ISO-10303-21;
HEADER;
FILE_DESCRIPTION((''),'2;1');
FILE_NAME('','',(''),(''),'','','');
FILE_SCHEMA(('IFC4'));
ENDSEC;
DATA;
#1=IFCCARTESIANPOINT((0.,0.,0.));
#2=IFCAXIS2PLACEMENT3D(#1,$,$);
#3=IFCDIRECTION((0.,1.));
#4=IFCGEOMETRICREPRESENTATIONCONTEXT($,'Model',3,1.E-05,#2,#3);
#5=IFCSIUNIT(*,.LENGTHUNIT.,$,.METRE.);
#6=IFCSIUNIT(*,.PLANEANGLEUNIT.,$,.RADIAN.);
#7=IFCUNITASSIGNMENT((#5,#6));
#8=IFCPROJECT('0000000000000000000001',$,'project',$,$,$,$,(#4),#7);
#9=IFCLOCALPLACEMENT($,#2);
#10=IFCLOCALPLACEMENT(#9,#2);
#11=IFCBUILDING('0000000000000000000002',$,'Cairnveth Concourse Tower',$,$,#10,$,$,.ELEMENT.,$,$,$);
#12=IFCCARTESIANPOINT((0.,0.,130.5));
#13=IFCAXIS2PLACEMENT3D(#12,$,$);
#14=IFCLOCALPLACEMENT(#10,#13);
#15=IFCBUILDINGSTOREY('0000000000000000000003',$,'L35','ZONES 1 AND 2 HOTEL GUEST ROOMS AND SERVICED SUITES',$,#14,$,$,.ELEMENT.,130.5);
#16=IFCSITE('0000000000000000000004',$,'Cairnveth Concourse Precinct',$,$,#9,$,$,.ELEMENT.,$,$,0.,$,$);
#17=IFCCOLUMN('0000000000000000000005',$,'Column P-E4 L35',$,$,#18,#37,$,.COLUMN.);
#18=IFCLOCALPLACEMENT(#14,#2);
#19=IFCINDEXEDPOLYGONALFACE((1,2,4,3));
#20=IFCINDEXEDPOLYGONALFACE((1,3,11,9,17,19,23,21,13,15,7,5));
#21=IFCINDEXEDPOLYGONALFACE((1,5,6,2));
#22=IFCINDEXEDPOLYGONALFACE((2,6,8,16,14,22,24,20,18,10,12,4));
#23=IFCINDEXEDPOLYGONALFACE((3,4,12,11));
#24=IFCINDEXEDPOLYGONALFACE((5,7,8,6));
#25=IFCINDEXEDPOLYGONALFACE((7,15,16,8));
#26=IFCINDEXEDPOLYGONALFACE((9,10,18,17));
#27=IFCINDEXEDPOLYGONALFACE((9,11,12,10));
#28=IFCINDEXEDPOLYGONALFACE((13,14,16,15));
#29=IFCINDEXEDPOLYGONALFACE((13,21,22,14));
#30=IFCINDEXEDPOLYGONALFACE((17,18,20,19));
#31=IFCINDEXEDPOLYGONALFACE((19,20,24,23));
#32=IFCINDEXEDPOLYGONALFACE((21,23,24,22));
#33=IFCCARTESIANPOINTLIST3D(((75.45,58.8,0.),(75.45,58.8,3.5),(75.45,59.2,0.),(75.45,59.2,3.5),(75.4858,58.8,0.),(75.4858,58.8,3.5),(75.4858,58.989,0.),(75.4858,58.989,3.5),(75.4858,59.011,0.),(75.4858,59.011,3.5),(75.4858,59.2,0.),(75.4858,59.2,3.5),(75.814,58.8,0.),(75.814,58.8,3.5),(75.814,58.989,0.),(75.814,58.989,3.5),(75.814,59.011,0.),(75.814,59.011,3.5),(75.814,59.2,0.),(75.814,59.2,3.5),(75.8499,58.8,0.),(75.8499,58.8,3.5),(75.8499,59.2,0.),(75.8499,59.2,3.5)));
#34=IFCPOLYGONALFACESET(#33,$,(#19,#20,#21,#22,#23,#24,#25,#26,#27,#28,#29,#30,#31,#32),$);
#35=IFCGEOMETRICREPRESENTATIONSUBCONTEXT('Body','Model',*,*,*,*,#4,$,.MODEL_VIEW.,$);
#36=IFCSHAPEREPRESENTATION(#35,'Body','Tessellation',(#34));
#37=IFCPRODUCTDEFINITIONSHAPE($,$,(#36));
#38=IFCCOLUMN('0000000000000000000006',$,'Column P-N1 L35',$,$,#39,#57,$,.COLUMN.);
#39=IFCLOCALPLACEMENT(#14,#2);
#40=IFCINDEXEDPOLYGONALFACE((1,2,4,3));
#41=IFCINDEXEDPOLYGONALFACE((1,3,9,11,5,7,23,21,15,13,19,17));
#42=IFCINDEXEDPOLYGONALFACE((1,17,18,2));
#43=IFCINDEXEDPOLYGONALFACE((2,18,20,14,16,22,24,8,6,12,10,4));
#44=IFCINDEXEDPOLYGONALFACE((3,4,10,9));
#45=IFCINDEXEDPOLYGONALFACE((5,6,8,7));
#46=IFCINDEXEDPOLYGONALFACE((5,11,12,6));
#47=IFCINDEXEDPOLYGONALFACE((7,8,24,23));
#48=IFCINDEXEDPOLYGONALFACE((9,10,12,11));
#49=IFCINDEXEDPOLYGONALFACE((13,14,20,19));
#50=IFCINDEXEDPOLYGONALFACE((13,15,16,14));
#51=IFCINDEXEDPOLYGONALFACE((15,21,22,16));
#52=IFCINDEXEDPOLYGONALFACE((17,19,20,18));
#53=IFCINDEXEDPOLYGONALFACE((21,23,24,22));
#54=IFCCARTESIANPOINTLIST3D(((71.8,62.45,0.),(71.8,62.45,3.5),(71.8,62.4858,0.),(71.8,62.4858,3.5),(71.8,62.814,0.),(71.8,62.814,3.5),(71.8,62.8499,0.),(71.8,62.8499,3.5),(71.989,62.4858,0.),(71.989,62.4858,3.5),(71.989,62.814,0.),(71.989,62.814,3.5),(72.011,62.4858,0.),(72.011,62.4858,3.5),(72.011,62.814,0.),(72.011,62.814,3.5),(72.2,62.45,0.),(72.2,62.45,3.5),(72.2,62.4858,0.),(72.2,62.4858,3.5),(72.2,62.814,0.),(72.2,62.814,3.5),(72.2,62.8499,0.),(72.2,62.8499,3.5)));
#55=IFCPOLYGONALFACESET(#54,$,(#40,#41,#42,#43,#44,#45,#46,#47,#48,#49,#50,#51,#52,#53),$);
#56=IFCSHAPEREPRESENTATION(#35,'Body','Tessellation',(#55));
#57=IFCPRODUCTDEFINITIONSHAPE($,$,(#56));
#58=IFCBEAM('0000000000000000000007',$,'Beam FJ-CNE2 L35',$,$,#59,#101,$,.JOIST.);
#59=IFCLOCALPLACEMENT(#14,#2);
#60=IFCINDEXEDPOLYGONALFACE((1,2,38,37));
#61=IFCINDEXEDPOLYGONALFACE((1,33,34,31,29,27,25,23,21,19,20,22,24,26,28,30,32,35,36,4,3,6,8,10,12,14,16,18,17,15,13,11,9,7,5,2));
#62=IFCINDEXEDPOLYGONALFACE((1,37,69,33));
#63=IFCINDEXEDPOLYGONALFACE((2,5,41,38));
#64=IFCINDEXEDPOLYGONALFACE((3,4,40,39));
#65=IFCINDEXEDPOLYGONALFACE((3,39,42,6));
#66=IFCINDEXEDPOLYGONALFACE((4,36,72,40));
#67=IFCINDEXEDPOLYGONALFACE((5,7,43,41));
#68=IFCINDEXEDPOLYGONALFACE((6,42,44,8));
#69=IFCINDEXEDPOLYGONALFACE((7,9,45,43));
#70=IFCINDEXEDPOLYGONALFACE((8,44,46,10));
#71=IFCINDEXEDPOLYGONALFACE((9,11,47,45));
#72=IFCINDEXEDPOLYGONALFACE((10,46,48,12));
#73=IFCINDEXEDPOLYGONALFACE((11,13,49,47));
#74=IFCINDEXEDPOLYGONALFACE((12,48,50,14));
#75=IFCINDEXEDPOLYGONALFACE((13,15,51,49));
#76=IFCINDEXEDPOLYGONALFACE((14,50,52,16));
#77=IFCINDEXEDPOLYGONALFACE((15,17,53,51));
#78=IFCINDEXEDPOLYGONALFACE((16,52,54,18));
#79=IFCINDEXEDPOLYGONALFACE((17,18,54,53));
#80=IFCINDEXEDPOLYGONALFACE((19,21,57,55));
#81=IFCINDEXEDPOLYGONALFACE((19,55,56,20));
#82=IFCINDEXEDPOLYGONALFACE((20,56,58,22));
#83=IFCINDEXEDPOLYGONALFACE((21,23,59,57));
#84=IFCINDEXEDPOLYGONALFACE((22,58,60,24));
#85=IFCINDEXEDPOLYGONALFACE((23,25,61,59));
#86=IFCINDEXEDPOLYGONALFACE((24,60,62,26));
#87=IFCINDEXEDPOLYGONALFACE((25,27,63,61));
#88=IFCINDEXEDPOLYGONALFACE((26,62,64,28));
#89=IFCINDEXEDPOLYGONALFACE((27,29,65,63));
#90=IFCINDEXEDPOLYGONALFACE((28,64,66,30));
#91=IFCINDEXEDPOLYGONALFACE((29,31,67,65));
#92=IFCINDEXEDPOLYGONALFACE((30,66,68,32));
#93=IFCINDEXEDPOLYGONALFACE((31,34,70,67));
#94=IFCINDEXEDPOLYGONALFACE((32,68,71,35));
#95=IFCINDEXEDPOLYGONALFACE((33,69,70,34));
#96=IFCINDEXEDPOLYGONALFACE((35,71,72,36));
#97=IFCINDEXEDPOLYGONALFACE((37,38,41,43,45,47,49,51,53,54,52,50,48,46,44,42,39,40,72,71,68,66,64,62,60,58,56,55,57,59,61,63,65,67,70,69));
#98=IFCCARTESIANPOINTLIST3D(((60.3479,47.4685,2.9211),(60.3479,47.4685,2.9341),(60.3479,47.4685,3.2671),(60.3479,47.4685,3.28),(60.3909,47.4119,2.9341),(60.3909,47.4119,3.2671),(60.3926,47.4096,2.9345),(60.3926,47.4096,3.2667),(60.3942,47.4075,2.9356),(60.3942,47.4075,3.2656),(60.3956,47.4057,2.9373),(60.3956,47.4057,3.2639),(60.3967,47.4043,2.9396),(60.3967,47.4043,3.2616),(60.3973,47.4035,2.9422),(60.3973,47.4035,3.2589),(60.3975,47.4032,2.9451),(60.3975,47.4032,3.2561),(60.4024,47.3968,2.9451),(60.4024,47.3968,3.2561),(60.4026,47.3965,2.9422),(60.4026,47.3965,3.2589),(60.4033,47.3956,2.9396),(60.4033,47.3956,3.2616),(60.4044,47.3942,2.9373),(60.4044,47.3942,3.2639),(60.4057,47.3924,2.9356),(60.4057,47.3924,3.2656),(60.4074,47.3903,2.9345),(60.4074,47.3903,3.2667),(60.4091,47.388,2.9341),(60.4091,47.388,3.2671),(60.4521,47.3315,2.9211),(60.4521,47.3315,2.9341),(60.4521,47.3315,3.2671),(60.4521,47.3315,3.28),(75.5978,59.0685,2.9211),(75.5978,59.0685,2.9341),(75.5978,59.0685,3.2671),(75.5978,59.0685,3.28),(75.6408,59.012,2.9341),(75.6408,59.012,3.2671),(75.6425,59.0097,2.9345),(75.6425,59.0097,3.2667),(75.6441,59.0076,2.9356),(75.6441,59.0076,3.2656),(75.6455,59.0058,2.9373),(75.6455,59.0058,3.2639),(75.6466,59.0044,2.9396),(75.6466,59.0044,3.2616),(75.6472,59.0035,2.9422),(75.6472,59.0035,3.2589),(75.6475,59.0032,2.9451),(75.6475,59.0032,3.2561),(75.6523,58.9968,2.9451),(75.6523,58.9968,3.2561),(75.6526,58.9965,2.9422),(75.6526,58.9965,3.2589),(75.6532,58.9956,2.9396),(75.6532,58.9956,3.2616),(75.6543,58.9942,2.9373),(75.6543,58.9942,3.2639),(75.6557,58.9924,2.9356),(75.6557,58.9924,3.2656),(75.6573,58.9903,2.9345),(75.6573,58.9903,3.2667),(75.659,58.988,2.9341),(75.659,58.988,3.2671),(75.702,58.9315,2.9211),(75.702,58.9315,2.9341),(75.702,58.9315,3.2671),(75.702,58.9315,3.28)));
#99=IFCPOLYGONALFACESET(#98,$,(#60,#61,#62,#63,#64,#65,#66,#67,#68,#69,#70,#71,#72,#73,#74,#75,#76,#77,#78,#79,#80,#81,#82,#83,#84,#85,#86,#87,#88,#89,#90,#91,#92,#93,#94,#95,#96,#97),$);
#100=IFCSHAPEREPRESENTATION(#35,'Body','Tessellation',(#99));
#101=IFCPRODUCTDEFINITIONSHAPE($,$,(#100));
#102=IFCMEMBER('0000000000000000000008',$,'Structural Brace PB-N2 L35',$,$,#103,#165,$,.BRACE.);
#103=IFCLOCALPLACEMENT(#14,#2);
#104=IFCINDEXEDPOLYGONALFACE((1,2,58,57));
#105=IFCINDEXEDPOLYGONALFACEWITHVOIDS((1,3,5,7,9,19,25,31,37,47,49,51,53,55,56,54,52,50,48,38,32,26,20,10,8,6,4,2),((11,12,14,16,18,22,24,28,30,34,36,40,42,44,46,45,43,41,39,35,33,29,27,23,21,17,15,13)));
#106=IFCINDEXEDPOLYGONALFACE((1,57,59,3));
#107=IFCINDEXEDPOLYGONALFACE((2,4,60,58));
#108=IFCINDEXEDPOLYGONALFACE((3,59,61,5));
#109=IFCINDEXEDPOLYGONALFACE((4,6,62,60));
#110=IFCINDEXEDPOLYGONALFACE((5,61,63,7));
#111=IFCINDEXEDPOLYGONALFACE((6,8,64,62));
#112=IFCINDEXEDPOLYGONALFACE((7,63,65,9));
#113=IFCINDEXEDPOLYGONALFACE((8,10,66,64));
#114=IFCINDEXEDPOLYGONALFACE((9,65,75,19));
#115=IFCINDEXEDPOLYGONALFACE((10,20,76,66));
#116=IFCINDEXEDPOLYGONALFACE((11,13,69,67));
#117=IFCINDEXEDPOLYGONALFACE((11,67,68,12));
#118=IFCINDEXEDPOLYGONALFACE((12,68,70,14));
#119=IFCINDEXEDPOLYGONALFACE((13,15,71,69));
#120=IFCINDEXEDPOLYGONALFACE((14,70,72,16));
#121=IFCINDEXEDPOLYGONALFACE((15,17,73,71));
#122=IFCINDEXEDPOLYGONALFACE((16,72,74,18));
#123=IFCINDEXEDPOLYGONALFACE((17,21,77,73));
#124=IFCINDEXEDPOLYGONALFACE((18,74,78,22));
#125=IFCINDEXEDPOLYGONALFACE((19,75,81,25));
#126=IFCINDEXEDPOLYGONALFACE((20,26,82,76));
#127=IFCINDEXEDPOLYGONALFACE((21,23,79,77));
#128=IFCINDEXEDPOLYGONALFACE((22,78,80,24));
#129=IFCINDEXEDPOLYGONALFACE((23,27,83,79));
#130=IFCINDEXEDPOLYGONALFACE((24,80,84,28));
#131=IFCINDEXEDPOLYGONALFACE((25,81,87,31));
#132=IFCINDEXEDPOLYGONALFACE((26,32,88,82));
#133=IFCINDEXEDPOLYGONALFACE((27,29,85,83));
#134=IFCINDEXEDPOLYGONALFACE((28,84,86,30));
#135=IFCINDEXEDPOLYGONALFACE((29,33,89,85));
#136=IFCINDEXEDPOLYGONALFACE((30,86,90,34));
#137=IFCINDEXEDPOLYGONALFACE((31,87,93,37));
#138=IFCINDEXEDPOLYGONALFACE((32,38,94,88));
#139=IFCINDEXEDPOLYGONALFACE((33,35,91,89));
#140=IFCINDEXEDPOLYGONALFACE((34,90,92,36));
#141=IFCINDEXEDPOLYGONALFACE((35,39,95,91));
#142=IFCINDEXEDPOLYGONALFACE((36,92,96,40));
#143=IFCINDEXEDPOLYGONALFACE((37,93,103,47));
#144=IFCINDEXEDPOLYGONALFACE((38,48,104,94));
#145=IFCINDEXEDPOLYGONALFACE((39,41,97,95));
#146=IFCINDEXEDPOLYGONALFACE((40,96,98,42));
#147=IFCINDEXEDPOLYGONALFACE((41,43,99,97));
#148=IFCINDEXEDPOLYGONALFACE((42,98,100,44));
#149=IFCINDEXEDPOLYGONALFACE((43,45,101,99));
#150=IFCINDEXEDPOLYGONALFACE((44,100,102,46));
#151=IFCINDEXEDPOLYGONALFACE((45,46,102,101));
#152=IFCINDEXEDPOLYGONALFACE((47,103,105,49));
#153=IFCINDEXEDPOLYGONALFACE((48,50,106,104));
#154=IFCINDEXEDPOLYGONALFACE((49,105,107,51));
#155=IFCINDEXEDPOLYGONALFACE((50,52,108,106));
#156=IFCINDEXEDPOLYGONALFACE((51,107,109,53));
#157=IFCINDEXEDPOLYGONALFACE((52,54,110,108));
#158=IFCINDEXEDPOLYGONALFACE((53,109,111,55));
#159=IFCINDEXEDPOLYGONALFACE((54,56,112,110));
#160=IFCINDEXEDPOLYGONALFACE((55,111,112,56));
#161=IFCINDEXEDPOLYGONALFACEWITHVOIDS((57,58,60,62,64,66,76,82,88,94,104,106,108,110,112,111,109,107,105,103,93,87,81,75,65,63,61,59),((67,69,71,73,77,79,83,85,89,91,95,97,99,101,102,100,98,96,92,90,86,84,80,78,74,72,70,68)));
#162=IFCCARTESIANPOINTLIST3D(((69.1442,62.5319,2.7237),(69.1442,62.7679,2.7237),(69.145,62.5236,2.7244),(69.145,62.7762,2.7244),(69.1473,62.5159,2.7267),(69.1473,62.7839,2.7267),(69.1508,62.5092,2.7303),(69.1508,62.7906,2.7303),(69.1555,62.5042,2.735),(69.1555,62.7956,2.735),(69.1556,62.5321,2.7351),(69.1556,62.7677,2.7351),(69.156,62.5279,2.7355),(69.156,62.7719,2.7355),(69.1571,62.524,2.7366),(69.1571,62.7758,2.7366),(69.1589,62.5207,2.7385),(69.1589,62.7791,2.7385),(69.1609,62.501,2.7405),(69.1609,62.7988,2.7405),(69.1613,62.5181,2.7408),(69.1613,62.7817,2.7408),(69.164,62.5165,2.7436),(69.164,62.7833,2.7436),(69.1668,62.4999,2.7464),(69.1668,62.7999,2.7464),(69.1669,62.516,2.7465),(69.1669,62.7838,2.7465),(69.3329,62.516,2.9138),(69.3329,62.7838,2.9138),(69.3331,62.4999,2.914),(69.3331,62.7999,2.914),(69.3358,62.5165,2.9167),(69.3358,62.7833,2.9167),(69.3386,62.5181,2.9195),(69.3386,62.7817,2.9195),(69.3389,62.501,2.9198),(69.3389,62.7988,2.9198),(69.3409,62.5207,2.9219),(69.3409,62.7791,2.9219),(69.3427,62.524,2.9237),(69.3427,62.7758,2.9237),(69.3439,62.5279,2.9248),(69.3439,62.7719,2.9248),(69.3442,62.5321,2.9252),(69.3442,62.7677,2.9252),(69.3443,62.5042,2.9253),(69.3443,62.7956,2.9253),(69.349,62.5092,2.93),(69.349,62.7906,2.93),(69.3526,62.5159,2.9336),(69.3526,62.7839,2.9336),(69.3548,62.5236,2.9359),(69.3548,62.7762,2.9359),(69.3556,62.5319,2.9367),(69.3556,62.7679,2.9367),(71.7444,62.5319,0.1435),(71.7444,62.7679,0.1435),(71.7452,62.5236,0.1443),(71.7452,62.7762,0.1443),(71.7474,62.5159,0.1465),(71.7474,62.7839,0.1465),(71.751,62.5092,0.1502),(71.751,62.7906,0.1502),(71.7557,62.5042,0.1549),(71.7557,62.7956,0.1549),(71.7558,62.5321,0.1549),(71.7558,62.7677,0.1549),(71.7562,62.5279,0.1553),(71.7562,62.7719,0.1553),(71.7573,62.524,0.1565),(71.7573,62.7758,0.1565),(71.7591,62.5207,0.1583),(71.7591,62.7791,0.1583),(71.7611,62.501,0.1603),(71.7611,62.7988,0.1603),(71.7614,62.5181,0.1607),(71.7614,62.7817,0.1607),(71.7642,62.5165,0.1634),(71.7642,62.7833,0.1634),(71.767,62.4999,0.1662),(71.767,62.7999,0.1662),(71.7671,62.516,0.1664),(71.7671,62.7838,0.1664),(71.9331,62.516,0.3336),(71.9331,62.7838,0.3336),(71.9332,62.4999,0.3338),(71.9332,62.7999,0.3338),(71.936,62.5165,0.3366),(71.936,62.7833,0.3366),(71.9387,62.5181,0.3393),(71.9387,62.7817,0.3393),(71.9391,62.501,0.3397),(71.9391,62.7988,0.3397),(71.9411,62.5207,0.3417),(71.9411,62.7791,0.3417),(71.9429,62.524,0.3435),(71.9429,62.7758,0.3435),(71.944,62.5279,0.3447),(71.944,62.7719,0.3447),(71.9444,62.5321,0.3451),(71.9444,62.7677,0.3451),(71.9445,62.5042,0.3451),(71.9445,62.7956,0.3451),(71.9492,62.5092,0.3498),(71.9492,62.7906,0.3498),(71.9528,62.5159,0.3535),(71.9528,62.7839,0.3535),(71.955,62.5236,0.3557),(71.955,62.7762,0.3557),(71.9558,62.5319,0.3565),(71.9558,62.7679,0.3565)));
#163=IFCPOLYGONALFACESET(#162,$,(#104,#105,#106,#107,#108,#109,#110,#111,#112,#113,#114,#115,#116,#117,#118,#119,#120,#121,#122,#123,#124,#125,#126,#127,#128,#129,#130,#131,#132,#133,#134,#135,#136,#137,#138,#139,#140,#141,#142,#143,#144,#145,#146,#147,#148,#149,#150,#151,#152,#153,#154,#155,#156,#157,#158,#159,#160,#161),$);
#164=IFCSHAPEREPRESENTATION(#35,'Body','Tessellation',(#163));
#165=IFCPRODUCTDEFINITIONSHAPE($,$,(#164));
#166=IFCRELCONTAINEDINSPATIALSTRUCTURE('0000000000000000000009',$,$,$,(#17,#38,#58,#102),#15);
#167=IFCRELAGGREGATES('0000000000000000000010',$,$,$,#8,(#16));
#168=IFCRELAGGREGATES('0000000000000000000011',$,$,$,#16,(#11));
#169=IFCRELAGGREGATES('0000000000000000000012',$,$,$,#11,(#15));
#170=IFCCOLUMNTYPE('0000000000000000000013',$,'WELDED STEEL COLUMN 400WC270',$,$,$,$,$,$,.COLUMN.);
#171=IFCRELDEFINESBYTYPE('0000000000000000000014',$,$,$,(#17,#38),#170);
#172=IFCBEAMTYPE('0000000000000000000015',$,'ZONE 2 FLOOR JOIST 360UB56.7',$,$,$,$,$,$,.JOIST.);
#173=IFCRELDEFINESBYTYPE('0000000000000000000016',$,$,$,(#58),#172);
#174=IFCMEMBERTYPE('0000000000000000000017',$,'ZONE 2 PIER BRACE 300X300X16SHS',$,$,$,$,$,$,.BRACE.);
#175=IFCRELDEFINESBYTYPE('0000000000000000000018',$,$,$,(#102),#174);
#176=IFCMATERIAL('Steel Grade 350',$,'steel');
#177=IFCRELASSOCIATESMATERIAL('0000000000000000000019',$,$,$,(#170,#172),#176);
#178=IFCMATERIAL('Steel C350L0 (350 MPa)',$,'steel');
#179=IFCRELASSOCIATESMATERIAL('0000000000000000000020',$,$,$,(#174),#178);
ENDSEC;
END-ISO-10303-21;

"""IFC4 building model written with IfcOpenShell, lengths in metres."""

from ifc_helpers import new_model, si_unit, direction, frame, origin, origin_2d, place, context, subcontext, project, spatial, hollow_rectangle, i_section, extrude, material, material_profile, profile_set, type_object, element, save


model = new_model("IFC4")

# Units and contexts
model_context = context("Model", 3, precision=1e-05, world=origin(), true_north=direction((0.0, 1.0)))
body_context = subcontext(model_context, "Body", "Model", "MODEL_VIEW")
ifc_project = project(units=[si_unit("LENGTHUNIT", "METRE"), si_unit("PLANEANGLEUNIT", "RADIAN")], contexts=[model_context])

# Site, building, storey
site_placement = place(None, origin())
site = spatial("IfcSite", under=ifc_project, at=site_placement, Name="Cairnveth Concourse Precinct", CompositionType="ELEMENT", RefElevation=0.0)
building_placement = place(site_placement, origin())
building = spatial("IfcBuilding", under=site, at=building_placement, Name="Cairnveth Concourse Tower", CompositionType="ELEMENT")
storey_placement = place(building_placement, frame((0.0, 0.0, 130.5)))
storey = spatial("IfcBuildingStorey", under=building, at=storey_placement, Name="L35", Description="ZONES 1 AND 2 HOTEL GUEST ROOMS AND SERVICED SUITES", CompositionType="ELEMENT", Elevation=130.5)

# Columns
ifc_material_1 = material(Name="Steel Grade 350", Category="steel")
ifc_material_profile_1 = material_profile(ifc_material_1, i_section(OverallWidth=0.3999, OverallDepth=0.3999, WebThickness=0.022, FlangeThickness=0.0359, at=origin_2d()), Name="400WC270")
ifc_profile_set_1 = profile_set([ifc_material_profile_1], Name="Steel Grade 350")
column_type = type_object("IfcColumnType", Name="WELDED STEEL COLUMN 400WC270", PredefinedType="COLUMN", material=ifc_profile_set_1)
for number, where, z_axis, x_axis, name in (
    (1, (75.6499, 59.0, 0.0), (0.0, 0.0, 1.0), (0.0, 1.0, 0.0), "Column P-E4 L35"),
    (2, (72.0, 62.6499, 0.0), (0.0, 0.0, 1.0), (1.0, 0.0, 0.0), "Column P-N1 L35"),
):
    element("IfcColumn", number, at=place(storey_placement, frame(where, z_axis=z_axis, x_axis=x_axis)), inside=storey, type_object=column_type, Name=name, PredefinedType="COLUMN", context=body_context, shape_type="SweptSolid", body=[
        extrude(i_section(OverallWidth=0.3999, OverallDepth=0.3999, WebThickness=0.022, FlangeThickness=0.0359, at=origin_2d()), origin(), (0.0, 0.0, 1.0), 3.5),
    ])

# Beam
ifc_material_profile_2 = material_profile(ifc_material_1, i_section(OverallWidth=0.1721, OverallDepth=0.3589, WebThickness=0.0081, FlangeThickness=0.0129, FilletRadius=0.011, at=origin_2d()), Name="360UB56.7")
ifc_profile_set_2 = profile_set([ifc_material_profile_2], Name="Steel Grade 350")
beam_type_1 = type_object("IfcBeamType", Name="ZONE 2 FLOOR JOIST 360UB56.7", PredefinedType="JOIST", material=ifc_profile_set_2)
beam_1_placement = place(storey_placement, frame((75.6499, 59.0, 3.1006), z_axis=(-0.795908, -0.605417, 0.0), x_axis=(0.605417, -0.795908, 0.0)))
element("IfcBeam", 3, at=beam_1_placement, inside=storey, type_object=beam_type_1, Name="Beam FJ-CNE2 L35", PredefinedType="JOIST", context=body_context, shape_type="SweptSolid", body=[
    extrude(i_section(OverallWidth=0.1721, OverallDepth=0.3589, WebThickness=0.0081, FlangeThickness=0.0129, FilletRadius=0.011, at=origin_2d()), origin(), (0.0, 0.0, 1.0), 19.1604),
])

# Member
ifc_material_2 = material(Name="Steel C350L0 (350 MPa)", Category="steel")
ifc_material_profile_3 = material_profile(ifc_material_2, hollow_rectangle(XDim=0.3, YDim=0.3, WallThickness=0.0161, InnerFilletRadius=0.0161, OuterFilletRadius=0.032, at=origin_2d()), Name="300x300x16.0SHS")
ifc_profile_set_3 = profile_set([ifc_material_profile_3], Name="Steel C350L0 (350 MPa)")
member_type = type_object("IfcMemberType", Name="ZONE 2 PIER BRACE 300X300X16SHS", PredefinedType="BRACE", material=ifc_profile_set_3)
for number, where, z_axis, x_axis, name in (
    (4, (71.8501, 62.6499, 0.25), (-0.709834, 0.0, 0.704369), (0.0, -1.0, 0.0), "Structural Brace PB-N2 L35"),
):
    element("IfcMember", number, at=place(storey_placement, frame(where, z_axis=z_axis, x_axis=x_axis)), inside=storey, type_object=member_type, Name=name, PredefinedType="BRACE", context=body_context, shape_type="SweptSolid", body=[
        extrude(hollow_rectangle(XDim=0.3, YDim=0.3, WallThickness=0.0161, InnerFilletRadius=0.0161, OuterFilletRadius=0.032, at=origin_2d()), origin(), (0.0, 0.0, 1.0), 3.6631),
    ])

save(model, "model.ifc")
